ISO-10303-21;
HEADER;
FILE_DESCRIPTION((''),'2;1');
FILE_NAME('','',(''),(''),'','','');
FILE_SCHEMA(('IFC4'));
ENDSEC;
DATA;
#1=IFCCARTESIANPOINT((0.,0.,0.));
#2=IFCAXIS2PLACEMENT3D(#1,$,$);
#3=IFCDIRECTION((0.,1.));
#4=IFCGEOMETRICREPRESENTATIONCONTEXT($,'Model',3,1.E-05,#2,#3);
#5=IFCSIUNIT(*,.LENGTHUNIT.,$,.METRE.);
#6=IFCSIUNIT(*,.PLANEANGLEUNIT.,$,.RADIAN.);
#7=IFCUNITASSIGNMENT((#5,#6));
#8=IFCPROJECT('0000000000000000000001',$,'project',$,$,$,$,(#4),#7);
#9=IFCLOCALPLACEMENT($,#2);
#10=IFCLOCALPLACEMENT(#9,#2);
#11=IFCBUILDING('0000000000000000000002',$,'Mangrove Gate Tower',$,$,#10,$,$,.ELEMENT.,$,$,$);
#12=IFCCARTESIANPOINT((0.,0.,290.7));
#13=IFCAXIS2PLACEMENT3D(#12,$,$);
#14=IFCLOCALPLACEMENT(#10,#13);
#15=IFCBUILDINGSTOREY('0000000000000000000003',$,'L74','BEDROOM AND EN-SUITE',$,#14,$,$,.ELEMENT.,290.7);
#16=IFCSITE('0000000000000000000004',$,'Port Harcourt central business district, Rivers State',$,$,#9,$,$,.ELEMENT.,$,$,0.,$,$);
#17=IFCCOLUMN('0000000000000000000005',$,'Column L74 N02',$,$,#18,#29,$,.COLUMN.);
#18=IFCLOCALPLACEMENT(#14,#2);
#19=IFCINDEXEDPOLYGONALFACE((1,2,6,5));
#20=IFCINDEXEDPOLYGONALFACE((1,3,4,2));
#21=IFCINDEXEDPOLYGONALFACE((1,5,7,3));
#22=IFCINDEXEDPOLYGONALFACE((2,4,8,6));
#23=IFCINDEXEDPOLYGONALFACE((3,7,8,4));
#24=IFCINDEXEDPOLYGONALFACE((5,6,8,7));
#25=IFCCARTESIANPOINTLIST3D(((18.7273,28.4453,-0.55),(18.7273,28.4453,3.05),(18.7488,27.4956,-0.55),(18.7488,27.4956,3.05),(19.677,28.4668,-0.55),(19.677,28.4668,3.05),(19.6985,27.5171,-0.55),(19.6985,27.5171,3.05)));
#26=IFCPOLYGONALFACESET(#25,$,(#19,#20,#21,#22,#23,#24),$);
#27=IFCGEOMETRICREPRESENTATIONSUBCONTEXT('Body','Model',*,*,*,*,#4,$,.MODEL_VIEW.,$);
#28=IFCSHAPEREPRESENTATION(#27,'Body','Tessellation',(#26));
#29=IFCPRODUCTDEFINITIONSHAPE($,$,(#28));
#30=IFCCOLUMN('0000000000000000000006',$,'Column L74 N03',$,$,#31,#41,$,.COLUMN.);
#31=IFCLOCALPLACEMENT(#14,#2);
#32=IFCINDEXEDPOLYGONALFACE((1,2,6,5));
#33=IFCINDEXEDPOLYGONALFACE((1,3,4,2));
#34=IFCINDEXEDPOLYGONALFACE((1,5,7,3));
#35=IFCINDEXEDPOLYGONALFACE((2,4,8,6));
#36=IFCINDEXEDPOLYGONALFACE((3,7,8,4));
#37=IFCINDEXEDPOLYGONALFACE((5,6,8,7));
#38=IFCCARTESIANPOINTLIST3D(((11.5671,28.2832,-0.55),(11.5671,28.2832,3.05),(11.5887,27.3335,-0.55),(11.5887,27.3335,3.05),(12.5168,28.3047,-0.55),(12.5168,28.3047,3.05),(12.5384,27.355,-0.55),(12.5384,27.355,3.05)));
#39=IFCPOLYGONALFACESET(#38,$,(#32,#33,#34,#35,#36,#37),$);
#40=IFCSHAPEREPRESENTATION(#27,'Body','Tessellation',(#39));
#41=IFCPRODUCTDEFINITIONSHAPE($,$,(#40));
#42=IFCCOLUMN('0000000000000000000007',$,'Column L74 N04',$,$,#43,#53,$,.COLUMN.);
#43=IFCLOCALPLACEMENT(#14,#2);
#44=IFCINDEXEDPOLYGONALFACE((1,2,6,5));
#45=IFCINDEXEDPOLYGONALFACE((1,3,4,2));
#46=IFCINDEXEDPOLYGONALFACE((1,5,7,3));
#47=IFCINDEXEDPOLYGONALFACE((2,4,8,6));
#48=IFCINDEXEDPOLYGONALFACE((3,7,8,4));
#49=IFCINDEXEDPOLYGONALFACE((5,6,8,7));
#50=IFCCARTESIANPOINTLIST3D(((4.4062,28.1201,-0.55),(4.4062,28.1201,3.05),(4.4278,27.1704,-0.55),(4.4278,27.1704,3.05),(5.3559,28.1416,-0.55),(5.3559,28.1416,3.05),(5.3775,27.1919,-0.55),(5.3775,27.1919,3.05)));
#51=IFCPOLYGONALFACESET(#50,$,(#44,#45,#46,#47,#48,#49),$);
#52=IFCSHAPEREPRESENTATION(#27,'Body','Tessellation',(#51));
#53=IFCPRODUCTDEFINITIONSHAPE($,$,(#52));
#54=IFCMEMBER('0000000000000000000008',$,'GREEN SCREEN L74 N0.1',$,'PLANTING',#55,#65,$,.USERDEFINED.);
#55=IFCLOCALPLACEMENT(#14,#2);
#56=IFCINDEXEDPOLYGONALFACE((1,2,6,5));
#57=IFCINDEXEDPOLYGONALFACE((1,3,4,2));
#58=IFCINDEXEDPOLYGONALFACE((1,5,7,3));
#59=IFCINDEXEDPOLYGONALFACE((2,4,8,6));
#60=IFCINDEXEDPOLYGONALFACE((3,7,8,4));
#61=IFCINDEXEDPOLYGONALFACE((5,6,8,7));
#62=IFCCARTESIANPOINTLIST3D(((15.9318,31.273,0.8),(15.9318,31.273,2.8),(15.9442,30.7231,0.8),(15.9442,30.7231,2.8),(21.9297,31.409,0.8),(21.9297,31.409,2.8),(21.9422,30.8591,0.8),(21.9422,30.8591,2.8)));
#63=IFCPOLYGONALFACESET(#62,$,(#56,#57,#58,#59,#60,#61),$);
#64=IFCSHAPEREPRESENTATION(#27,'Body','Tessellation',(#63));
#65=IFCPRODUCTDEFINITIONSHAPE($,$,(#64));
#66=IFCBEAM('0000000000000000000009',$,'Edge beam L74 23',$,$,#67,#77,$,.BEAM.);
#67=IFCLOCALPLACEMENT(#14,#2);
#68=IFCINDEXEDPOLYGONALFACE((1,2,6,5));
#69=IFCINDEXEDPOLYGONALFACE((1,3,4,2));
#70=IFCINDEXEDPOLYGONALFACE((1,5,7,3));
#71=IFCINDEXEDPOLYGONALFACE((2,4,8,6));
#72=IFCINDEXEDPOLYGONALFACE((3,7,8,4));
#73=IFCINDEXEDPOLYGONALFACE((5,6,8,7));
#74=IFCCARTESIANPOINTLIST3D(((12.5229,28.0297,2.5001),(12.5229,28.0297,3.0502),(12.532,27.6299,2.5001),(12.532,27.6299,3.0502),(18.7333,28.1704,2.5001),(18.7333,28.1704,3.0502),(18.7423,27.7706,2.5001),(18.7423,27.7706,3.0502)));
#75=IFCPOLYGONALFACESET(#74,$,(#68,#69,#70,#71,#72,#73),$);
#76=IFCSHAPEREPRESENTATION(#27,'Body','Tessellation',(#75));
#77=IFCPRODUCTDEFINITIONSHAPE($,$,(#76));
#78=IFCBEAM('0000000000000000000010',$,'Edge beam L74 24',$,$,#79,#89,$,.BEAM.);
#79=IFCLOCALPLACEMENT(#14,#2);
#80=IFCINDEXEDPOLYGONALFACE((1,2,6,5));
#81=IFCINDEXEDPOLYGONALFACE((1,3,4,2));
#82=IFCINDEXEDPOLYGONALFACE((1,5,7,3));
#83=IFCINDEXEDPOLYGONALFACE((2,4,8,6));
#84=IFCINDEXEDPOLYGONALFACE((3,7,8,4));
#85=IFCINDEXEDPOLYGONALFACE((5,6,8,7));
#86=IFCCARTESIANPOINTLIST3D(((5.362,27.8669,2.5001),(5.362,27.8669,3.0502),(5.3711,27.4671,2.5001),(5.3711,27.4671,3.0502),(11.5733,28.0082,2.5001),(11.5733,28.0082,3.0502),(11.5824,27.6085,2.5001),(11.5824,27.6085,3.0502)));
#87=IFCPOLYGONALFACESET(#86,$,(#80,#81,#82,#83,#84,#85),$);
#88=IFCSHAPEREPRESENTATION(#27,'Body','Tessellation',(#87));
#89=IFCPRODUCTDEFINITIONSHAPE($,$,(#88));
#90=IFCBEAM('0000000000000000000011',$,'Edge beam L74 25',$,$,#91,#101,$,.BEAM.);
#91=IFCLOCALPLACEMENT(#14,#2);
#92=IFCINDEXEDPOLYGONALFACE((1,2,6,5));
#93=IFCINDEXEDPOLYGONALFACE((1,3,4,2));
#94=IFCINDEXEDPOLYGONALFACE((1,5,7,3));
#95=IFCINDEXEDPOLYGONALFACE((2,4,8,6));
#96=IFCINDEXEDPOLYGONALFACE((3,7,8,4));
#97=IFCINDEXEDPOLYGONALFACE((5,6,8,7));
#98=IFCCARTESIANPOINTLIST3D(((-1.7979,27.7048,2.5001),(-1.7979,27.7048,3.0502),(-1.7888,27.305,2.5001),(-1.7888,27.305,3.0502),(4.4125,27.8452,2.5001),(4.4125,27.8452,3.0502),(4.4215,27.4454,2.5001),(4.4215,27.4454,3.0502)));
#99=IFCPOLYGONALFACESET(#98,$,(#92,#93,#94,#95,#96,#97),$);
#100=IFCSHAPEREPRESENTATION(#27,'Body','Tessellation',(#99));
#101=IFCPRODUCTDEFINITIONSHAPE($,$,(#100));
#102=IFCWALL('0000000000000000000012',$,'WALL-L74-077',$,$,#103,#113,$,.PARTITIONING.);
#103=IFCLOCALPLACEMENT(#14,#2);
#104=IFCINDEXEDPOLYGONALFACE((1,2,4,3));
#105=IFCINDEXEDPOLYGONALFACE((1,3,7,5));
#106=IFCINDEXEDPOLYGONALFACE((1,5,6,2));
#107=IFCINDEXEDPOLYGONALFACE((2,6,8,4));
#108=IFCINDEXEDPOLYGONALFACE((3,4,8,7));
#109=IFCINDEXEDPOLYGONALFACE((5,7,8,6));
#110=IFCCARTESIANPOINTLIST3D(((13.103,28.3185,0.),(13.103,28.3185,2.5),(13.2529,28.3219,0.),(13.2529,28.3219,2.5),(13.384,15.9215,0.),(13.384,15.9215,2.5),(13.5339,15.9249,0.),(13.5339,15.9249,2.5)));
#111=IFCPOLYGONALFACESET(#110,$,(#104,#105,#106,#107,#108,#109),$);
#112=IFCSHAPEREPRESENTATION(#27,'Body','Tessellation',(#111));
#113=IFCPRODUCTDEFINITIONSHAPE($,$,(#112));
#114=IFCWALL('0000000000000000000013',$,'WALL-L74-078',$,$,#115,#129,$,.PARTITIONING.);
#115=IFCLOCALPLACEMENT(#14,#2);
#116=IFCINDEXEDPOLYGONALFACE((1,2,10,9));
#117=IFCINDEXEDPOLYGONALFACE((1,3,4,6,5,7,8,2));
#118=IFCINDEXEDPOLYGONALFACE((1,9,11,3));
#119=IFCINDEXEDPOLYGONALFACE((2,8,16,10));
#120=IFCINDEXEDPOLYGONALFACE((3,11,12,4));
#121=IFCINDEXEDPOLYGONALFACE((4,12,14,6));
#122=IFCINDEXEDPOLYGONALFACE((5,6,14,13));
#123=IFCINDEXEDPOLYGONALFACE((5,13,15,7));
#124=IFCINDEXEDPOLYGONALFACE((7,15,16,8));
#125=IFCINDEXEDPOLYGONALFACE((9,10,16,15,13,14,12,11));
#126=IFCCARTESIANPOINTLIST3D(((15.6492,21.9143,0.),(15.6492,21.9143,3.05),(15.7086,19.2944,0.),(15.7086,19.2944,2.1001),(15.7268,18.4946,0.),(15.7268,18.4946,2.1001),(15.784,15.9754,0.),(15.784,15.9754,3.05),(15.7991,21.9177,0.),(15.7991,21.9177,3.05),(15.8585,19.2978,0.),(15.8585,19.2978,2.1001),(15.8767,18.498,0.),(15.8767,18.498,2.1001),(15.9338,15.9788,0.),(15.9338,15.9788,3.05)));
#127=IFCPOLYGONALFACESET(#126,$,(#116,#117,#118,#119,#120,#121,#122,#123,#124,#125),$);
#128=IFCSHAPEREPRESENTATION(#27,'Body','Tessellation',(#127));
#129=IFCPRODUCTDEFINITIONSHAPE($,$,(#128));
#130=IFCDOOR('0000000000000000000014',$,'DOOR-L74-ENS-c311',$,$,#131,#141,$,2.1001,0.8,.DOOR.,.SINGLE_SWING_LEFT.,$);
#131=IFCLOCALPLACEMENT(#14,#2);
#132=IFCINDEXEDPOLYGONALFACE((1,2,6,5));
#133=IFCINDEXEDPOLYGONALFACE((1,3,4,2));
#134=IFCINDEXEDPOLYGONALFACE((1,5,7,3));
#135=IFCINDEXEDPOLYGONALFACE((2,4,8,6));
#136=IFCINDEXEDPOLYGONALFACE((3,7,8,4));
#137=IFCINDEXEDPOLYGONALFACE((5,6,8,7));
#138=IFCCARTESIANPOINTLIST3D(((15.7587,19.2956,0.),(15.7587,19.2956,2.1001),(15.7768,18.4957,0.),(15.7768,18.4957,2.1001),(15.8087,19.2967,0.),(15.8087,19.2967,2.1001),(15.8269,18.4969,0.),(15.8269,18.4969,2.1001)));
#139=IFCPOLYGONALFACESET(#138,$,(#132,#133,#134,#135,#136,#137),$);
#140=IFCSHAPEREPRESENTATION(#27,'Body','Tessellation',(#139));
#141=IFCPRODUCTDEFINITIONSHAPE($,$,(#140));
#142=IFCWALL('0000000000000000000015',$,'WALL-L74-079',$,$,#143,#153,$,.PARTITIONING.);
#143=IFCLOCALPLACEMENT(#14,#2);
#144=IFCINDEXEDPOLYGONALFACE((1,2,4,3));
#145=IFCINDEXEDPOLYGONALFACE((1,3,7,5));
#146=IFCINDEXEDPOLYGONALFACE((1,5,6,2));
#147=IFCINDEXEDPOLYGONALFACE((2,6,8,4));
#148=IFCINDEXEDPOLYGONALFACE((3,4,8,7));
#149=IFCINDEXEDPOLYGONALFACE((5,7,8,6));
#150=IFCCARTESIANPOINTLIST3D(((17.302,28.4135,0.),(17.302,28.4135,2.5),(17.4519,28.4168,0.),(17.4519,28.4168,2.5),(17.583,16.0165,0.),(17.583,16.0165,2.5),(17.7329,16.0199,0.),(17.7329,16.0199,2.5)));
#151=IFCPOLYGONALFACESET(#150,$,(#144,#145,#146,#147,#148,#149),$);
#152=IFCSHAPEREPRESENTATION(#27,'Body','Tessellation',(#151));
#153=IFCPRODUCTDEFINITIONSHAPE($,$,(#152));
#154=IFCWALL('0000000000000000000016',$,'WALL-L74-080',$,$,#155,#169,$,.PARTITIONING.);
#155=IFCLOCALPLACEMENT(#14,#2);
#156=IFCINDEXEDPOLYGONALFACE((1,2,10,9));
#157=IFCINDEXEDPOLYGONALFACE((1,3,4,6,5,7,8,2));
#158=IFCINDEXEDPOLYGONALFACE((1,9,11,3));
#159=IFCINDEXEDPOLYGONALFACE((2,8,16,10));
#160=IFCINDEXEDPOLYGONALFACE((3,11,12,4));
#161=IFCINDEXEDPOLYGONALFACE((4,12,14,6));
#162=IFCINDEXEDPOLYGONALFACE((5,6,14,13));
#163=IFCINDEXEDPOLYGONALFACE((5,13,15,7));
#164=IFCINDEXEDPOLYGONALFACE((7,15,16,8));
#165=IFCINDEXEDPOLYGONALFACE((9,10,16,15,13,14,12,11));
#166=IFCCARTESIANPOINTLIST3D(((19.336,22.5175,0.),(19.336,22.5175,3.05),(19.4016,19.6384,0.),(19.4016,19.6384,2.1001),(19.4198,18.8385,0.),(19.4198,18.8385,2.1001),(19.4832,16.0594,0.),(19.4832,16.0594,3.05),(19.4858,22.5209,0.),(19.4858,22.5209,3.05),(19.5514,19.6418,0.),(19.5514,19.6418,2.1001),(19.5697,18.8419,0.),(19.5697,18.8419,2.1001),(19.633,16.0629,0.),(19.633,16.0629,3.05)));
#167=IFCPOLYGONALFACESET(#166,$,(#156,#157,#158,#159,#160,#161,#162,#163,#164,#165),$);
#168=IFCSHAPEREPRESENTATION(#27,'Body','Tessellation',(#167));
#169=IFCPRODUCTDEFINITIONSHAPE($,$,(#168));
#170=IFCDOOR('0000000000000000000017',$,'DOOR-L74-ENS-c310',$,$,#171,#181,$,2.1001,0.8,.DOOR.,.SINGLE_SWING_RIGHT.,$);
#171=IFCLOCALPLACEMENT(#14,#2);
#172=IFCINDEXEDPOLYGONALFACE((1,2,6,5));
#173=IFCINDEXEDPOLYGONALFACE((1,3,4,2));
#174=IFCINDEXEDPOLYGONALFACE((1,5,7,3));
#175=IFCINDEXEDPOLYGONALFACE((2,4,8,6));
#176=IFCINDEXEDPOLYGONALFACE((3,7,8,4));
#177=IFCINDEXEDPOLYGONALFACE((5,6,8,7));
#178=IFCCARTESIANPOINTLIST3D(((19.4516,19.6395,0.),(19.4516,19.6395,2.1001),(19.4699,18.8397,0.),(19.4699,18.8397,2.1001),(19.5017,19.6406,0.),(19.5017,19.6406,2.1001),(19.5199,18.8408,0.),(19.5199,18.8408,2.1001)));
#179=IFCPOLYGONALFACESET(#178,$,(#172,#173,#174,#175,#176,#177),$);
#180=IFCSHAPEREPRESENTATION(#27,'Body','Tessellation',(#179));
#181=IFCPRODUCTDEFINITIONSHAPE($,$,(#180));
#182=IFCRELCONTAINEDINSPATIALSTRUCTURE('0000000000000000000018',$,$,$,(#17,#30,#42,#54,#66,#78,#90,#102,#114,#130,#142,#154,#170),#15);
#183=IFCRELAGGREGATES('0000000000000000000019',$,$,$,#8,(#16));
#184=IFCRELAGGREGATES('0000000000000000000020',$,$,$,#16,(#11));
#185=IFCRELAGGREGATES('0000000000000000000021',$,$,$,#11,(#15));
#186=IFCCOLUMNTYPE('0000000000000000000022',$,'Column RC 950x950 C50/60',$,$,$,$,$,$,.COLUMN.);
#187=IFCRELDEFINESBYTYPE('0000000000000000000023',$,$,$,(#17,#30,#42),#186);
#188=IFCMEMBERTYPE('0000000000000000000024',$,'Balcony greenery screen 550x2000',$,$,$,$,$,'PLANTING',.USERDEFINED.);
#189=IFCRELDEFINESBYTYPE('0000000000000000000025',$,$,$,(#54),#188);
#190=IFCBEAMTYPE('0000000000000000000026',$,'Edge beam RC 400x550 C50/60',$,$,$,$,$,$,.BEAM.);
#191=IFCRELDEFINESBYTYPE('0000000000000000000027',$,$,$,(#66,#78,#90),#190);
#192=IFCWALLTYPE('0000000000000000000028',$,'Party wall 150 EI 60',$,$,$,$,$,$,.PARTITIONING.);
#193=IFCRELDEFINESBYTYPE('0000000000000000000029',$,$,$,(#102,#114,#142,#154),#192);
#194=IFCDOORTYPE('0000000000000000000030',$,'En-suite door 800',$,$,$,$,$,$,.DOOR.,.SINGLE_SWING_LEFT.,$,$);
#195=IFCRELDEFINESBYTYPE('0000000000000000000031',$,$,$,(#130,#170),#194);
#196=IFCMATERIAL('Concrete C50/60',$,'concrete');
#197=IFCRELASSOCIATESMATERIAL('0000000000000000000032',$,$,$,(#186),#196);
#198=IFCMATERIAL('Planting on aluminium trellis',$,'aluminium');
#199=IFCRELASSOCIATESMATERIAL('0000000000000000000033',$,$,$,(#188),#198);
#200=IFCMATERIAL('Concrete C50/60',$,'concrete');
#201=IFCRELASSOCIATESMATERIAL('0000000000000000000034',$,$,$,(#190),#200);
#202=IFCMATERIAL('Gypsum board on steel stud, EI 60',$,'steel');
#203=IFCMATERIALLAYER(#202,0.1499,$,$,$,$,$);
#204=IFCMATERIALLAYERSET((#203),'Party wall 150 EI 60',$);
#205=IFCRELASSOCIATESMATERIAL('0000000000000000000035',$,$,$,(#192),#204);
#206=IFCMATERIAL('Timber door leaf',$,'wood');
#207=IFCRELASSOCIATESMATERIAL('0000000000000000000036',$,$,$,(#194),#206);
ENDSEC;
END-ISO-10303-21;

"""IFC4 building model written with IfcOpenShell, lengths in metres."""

from ifc_helpers import new_model, si_unit, direction, frame, frame_2d, origin, origin_2d, place, context, subcontext, project, spatial, rectangle, extrude, material, layer, layer_set, material_profile, profile_set, type_object, element, fill, save


model = new_model("IFC4")

# Units and contexts
model_context = context("Model", 3, precision=1e-05, world=origin(), true_north=direction((0.0, 1.0)))
body_context = subcontext(model_context, "Body", "Model", "MODEL_VIEW")
ifc_project = project(units=[si_unit("LENGTHUNIT", "METRE"), si_unit("PLANEANGLEUNIT", "RADIAN")], contexts=[model_context])

# Site, building, storey
site_placement = place(None, origin())
site = spatial("IfcSite", under=ifc_project, at=site_placement, Name="Port Harcourt central business district, Rivers State", CompositionType="ELEMENT", RefElevation=0.0)
building_placement = place(site_placement, origin())
building = spatial("IfcBuilding", under=site, at=building_placement, Name="Mangrove Gate Tower", CompositionType="ELEMENT")
storey_placement = place(building_placement, frame((0.0, 0.0, 290.7)))
storey = spatial("IfcBuildingStorey", under=building, at=storey_placement, Name="L74", Description="BEDROOM AND EN-SUITE", CompositionType="ELEMENT", Elevation=290.7)

# Columns
ifc_material_1 = material(Name="Concrete C50/60", Category="concrete")
ifc_material_profile_1 = material_profile(ifc_material_1, rectangle(XDim=0.95, YDim=0.95, at=origin_2d()))
ifc_profile_set_1 = profile_set([ifc_material_profile_1], Name="Concrete C50/60")
column_type = type_object("IfcColumnType", Name="Column RC 950x950 C50/60", PredefinedType="COLUMN", material=ifc_profile_set_1)
for number, where, z_axis, x_axis, name in (
    (1, (19.2129, 27.9812, -0.55), (0.0, 0.0, 1.0), (-0.999743, -0.022688, 0.0), "Column L74 N02"),
    (2, (12.0527, 27.8191, -0.55), (0.0, 0.0, 1.0), (-0.999743, -0.022688, 0.0), "Column L74 N03"),
    (3, (4.8918, 27.656, -0.55), (0.0, 0.0, 1.0), (-0.999743, -0.022688, 0.0), "Column L74 N04"),
):
    element("IfcColumn", number, at=place(storey_placement, frame(where, z_axis=z_axis, x_axis=x_axis)), inside=storey, type_object=column_type, Name=name, PredefinedType="COLUMN", context=body_context, shape_type="SweptSolid", body=[
        extrude(rectangle(XDim=0.95, YDim=0.95, at=origin_2d()), origin(), (0.0, 0.0, 1.0), 3.6001),
    ])

# Member
ifc_material_2 = material(Name="Planting on aluminium trellis", Category="aluminium")
ifc_material_profile_2 = material_profile(ifc_material_2, rectangle(XDim=0.55, YDim=2.0, at=origin_2d()))
ifc_profile_set_2 = profile_set([ifc_material_profile_2], Name="Planting on aluminium trellis")
member_type = type_object("IfcMemberType", Name="Balcony greenery screen 550x2000", ElementType="PLANTING", PredefinedType="USERDEFINED", material=ifc_profile_set_2)
member_placement = place(storey_placement, frame((15.938, 30.998, 1.8), z_axis=(0.999743, 0.022666, 0.0), x_axis=(-0.022666, 0.999743, 0.0)))
element("IfcMember", 4, at=member_placement, inside=storey, type_object=member_type, Name="GREEN SCREEN L74 N0.1", ObjectType="PLANTING", PredefinedType="USERDEFINED", context=body_context, shape_type="SweptSolid", body=[
    extrude(rectangle(XDim=0.55, YDim=2.0, at=origin_2d()), origin(), (0.0, 0.0, 1.0), 5.9995),
])

# Beams
ifc_material_3 = material(Name="Concrete C50/60", Category="concrete")
ifc_material_profile_3 = material_profile(ifc_material_3, rectangle(XDim=0.3999, YDim=0.55, at=origin_2d()))
ifc_profile_set_3 = profile_set([ifc_material_profile_3], Name="Concrete C50/60")
beam_type = type_object("IfcBeamType", Name="Edge beam RC 400x550 C50/60", PredefinedType="BEAM", material=ifc_profile_set_3)
beam_1_placement = place(storey_placement, frame((18.7378, 27.9705, 2.7751), z_axis=(-0.999744, -0.022638, 0.0), x_axis=(0.022638, -0.999744, 0.0)))
element("IfcBeam", 5, at=beam_1_placement, inside=storey, type_object=beam_type, Name="Edge beam L74 23", PredefinedType="BEAM", context=body_context, shape_type="SweptSolid", body=[
    extrude(rectangle(XDim=0.3999, YDim=0.55, at=origin_2d()), origin(), (0.0, 0.0, 1.0), 6.2119),
])
beam_2_placement = place(storey_placement, frame((11.5779, 27.8083, 2.7751), z_axis=(-0.999741, -0.022753, 0.0), x_axis=(0.022753, -0.999741, 0.0)))
element("IfcBeam", 6, at=beam_2_placement, inside=storey, type_object=beam_type, Name="Edge beam L74 24", PredefinedType="BEAM", context=body_context, shape_type="SweptSolid", body=[
    extrude(rectangle(XDim=0.3999, YDim=0.55, at=origin_2d()), origin(), (0.0, 0.0, 1.0), 6.2129),
])
beam_3_placement = place(storey_placement, frame((4.417, 27.6453, 2.7751), z_axis=(-0.999745, -0.022598, 0.0), x_axis=(0.022598, -0.999745, 0.0)))
element("IfcBeam", 7, at=beam_3_placement, inside=storey, type_object=beam_type, Name="Edge beam L74 25", PredefinedType="BEAM", context=body_context, shape_type="SweptSolid", body=[
    extrude(rectangle(XDim=0.3999, YDim=0.55, at=origin_2d()), origin(), (0.0, 0.0, 1.0), 6.2119),
])

# Wall
ifc_material_4 = material(Name="Gypsum board on steel stud, EI 60", Category="steel")
ifc_layer_1 = layer(ifc_material_4, 0.1499)
ifc_layer_set_1 = layer_set([ifc_layer_1], Name="Party wall 150 EI 60")
wall_type_1 = type_object("IfcWallType", Name="Party wall 150 EI 60", PredefinedType="PARTITIONING", material=ifc_layer_set_1)
wall_1_placement = place(storey_placement, frame((13.459, 15.9231, 0.0), z_axis=(0.0, 0.0, 1.0), x_axis=(-0.022661, 0.999743, 0.0)))
element("IfcWall", 8, at=wall_1_placement, inside=storey, type_object=wall_type_1, Name="WALL-L74-077", PredefinedType="PARTITIONING", context=body_context, shape_type="SweptSolid", body=[
    extrude(rectangle(XDim=12.4001, YDim=0.1499, at=frame_2d((6.2002, 0.0))), origin(), (0.0, 0.0, 1.0), 2.5),
])

# Wall, opening, door
wall_2_placement = place(storey_placement, frame((15.8589, 15.9771, 0.0), z_axis=(0.0, 0.0, 1.0), x_axis=(-0.022686, 0.999743, 0.0)))
wall_2 = element("IfcWall", 9, at=wall_2_placement, inside=storey, type_object=wall_type_1, Name="WALL-L74-078", PredefinedType="PARTITIONING", context=body_context, shape_type="SweptSolid", body=[
    extrude(rectangle(XDim=5.9404, YDim=0.1499, at=frame_2d((2.9702, 0.0))), origin(), (0.0, 0.0, 1.0), 3.05),
])
opening_1_placement = place(wall_2_placement, frame((2.52, 0.0, 0.0)))
opening_1 = element("IfcOpeningElement", 10, at=opening_1_placement, cuts=wall_2, PredefinedType="OPENING", context=body_context, shape_type="SweptSolid", body=[
    extrude(rectangle(XDim=0.8, YDim=2.1001, at=frame_2d((0.3999, 1.05))), frame((0.0, 0.085, 0.0), z_axis=(0.0, -1.0, 0.0), x_axis=(1.0, 0.0, 0.0)), (0.0, 0.0, 1.0), 0.1699),
])
ifc_material_5 = material(Name="Timber door leaf", Category="wood")
door_type = type_object("IfcDoorType", Name="En-suite door 800", OperationType="SINGLE_SWING_LEFT", PredefinedType="DOOR", material=ifc_material_5)
door_1_placement = place(opening_1_placement, origin())
door_1 = element("IfcDoor", 11, at=door_1_placement, inside=storey, type_object=door_type, Name="DOOR-L74-ENS-c311", OperationType="SINGLE_SWING_LEFT", OverallHeight=2.1001, OverallWidth=0.8, PredefinedType="DOOR", context=body_context, shape_type="SweptSolid", body=[
    extrude(rectangle(XDim=0.8, YDim=2.1001, at=frame_2d((0.3999, 1.05))), frame((0.0, 0.0249, 0.0), z_axis=(0.0, -1.0, 0.0), x_axis=(1.0, 0.0, 0.0)), (0.0, 0.0, 1.0), 0.05),
])
fill(opening_1, door_1)

# Wall
wall_3_placement = place(storey_placement, frame((17.658, 16.0181, 0.0), z_axis=(0.0, 0.0, 1.0), x_axis=(-0.022661, 0.999743, 0.0)))
element("IfcWall", 12, at=wall_3_placement, inside=storey, type_object=wall_type_1, Name="WALL-L74-079", PredefinedType="PARTITIONING", context=body_context, shape_type="SweptSolid", body=[
    extrude(rectangle(XDim=12.4001, YDim=0.1499, at=frame_2d((6.2002, 0.0))), origin(), (0.0, 0.0, 1.0), 2.5),
])

# Wall, opening, door
wall_4_placement = place(storey_placement, frame((19.5581, 16.061, 0.0), z_axis=(0.0, 0.0, 1.0), x_axis=(-0.02279, 0.99974, 0.0)))
wall_4 = element("IfcWall", 13, at=wall_4_placement, inside=storey, type_object=wall_type_1, Name="WALL-L74-080", PredefinedType="PARTITIONING", context=body_context, shape_type="SweptSolid", body=[
    extrude(rectangle(XDim=6.4597, YDim=0.1499, at=frame_2d((3.23, 0.0))), origin(), (0.0, 0.0, 1.0), 3.05),
])
opening_2_placement = place(wall_4_placement, frame((2.78, 0.0, 0.0)))
opening_2 = element("IfcOpeningElement", 14, at=opening_2_placement, cuts=wall_4, PredefinedType="OPENING", context=body_context, shape_type="SweptSolid", body=[
    extrude(rectangle(XDim=0.8, YDim=2.1001, at=frame_2d((0.3999, 1.05))), frame((0.0, 0.085, 0.0), z_axis=(0.0, -1.0, 0.0), x_axis=(1.0, 0.0, 0.0)), (0.0, 0.0, 1.0), 0.1699),
])
door_2_placement = place(opening_2_placement, origin())
door_2 = element("IfcDoor", 15, at=door_2_placement, inside=storey, type_object=door_type, Name="DOOR-L74-ENS-c310", OperationType="SINGLE_SWING_RIGHT", OverallHeight=2.1001, OverallWidth=0.8, PredefinedType="DOOR", context=body_context, shape_type="SweptSolid", body=[
    extrude(rectangle(XDim=0.8, YDim=2.1001, at=frame_2d((0.3999, 1.05))), frame((0.0, 0.0249, 0.0), z_axis=(0.0, -1.0, 0.0), x_axis=(1.0, 0.0, 0.0)), (0.0, 0.0, 1.0), 0.05),
])
fill(opening_2, door_2)

save(model, "model.ifc")
